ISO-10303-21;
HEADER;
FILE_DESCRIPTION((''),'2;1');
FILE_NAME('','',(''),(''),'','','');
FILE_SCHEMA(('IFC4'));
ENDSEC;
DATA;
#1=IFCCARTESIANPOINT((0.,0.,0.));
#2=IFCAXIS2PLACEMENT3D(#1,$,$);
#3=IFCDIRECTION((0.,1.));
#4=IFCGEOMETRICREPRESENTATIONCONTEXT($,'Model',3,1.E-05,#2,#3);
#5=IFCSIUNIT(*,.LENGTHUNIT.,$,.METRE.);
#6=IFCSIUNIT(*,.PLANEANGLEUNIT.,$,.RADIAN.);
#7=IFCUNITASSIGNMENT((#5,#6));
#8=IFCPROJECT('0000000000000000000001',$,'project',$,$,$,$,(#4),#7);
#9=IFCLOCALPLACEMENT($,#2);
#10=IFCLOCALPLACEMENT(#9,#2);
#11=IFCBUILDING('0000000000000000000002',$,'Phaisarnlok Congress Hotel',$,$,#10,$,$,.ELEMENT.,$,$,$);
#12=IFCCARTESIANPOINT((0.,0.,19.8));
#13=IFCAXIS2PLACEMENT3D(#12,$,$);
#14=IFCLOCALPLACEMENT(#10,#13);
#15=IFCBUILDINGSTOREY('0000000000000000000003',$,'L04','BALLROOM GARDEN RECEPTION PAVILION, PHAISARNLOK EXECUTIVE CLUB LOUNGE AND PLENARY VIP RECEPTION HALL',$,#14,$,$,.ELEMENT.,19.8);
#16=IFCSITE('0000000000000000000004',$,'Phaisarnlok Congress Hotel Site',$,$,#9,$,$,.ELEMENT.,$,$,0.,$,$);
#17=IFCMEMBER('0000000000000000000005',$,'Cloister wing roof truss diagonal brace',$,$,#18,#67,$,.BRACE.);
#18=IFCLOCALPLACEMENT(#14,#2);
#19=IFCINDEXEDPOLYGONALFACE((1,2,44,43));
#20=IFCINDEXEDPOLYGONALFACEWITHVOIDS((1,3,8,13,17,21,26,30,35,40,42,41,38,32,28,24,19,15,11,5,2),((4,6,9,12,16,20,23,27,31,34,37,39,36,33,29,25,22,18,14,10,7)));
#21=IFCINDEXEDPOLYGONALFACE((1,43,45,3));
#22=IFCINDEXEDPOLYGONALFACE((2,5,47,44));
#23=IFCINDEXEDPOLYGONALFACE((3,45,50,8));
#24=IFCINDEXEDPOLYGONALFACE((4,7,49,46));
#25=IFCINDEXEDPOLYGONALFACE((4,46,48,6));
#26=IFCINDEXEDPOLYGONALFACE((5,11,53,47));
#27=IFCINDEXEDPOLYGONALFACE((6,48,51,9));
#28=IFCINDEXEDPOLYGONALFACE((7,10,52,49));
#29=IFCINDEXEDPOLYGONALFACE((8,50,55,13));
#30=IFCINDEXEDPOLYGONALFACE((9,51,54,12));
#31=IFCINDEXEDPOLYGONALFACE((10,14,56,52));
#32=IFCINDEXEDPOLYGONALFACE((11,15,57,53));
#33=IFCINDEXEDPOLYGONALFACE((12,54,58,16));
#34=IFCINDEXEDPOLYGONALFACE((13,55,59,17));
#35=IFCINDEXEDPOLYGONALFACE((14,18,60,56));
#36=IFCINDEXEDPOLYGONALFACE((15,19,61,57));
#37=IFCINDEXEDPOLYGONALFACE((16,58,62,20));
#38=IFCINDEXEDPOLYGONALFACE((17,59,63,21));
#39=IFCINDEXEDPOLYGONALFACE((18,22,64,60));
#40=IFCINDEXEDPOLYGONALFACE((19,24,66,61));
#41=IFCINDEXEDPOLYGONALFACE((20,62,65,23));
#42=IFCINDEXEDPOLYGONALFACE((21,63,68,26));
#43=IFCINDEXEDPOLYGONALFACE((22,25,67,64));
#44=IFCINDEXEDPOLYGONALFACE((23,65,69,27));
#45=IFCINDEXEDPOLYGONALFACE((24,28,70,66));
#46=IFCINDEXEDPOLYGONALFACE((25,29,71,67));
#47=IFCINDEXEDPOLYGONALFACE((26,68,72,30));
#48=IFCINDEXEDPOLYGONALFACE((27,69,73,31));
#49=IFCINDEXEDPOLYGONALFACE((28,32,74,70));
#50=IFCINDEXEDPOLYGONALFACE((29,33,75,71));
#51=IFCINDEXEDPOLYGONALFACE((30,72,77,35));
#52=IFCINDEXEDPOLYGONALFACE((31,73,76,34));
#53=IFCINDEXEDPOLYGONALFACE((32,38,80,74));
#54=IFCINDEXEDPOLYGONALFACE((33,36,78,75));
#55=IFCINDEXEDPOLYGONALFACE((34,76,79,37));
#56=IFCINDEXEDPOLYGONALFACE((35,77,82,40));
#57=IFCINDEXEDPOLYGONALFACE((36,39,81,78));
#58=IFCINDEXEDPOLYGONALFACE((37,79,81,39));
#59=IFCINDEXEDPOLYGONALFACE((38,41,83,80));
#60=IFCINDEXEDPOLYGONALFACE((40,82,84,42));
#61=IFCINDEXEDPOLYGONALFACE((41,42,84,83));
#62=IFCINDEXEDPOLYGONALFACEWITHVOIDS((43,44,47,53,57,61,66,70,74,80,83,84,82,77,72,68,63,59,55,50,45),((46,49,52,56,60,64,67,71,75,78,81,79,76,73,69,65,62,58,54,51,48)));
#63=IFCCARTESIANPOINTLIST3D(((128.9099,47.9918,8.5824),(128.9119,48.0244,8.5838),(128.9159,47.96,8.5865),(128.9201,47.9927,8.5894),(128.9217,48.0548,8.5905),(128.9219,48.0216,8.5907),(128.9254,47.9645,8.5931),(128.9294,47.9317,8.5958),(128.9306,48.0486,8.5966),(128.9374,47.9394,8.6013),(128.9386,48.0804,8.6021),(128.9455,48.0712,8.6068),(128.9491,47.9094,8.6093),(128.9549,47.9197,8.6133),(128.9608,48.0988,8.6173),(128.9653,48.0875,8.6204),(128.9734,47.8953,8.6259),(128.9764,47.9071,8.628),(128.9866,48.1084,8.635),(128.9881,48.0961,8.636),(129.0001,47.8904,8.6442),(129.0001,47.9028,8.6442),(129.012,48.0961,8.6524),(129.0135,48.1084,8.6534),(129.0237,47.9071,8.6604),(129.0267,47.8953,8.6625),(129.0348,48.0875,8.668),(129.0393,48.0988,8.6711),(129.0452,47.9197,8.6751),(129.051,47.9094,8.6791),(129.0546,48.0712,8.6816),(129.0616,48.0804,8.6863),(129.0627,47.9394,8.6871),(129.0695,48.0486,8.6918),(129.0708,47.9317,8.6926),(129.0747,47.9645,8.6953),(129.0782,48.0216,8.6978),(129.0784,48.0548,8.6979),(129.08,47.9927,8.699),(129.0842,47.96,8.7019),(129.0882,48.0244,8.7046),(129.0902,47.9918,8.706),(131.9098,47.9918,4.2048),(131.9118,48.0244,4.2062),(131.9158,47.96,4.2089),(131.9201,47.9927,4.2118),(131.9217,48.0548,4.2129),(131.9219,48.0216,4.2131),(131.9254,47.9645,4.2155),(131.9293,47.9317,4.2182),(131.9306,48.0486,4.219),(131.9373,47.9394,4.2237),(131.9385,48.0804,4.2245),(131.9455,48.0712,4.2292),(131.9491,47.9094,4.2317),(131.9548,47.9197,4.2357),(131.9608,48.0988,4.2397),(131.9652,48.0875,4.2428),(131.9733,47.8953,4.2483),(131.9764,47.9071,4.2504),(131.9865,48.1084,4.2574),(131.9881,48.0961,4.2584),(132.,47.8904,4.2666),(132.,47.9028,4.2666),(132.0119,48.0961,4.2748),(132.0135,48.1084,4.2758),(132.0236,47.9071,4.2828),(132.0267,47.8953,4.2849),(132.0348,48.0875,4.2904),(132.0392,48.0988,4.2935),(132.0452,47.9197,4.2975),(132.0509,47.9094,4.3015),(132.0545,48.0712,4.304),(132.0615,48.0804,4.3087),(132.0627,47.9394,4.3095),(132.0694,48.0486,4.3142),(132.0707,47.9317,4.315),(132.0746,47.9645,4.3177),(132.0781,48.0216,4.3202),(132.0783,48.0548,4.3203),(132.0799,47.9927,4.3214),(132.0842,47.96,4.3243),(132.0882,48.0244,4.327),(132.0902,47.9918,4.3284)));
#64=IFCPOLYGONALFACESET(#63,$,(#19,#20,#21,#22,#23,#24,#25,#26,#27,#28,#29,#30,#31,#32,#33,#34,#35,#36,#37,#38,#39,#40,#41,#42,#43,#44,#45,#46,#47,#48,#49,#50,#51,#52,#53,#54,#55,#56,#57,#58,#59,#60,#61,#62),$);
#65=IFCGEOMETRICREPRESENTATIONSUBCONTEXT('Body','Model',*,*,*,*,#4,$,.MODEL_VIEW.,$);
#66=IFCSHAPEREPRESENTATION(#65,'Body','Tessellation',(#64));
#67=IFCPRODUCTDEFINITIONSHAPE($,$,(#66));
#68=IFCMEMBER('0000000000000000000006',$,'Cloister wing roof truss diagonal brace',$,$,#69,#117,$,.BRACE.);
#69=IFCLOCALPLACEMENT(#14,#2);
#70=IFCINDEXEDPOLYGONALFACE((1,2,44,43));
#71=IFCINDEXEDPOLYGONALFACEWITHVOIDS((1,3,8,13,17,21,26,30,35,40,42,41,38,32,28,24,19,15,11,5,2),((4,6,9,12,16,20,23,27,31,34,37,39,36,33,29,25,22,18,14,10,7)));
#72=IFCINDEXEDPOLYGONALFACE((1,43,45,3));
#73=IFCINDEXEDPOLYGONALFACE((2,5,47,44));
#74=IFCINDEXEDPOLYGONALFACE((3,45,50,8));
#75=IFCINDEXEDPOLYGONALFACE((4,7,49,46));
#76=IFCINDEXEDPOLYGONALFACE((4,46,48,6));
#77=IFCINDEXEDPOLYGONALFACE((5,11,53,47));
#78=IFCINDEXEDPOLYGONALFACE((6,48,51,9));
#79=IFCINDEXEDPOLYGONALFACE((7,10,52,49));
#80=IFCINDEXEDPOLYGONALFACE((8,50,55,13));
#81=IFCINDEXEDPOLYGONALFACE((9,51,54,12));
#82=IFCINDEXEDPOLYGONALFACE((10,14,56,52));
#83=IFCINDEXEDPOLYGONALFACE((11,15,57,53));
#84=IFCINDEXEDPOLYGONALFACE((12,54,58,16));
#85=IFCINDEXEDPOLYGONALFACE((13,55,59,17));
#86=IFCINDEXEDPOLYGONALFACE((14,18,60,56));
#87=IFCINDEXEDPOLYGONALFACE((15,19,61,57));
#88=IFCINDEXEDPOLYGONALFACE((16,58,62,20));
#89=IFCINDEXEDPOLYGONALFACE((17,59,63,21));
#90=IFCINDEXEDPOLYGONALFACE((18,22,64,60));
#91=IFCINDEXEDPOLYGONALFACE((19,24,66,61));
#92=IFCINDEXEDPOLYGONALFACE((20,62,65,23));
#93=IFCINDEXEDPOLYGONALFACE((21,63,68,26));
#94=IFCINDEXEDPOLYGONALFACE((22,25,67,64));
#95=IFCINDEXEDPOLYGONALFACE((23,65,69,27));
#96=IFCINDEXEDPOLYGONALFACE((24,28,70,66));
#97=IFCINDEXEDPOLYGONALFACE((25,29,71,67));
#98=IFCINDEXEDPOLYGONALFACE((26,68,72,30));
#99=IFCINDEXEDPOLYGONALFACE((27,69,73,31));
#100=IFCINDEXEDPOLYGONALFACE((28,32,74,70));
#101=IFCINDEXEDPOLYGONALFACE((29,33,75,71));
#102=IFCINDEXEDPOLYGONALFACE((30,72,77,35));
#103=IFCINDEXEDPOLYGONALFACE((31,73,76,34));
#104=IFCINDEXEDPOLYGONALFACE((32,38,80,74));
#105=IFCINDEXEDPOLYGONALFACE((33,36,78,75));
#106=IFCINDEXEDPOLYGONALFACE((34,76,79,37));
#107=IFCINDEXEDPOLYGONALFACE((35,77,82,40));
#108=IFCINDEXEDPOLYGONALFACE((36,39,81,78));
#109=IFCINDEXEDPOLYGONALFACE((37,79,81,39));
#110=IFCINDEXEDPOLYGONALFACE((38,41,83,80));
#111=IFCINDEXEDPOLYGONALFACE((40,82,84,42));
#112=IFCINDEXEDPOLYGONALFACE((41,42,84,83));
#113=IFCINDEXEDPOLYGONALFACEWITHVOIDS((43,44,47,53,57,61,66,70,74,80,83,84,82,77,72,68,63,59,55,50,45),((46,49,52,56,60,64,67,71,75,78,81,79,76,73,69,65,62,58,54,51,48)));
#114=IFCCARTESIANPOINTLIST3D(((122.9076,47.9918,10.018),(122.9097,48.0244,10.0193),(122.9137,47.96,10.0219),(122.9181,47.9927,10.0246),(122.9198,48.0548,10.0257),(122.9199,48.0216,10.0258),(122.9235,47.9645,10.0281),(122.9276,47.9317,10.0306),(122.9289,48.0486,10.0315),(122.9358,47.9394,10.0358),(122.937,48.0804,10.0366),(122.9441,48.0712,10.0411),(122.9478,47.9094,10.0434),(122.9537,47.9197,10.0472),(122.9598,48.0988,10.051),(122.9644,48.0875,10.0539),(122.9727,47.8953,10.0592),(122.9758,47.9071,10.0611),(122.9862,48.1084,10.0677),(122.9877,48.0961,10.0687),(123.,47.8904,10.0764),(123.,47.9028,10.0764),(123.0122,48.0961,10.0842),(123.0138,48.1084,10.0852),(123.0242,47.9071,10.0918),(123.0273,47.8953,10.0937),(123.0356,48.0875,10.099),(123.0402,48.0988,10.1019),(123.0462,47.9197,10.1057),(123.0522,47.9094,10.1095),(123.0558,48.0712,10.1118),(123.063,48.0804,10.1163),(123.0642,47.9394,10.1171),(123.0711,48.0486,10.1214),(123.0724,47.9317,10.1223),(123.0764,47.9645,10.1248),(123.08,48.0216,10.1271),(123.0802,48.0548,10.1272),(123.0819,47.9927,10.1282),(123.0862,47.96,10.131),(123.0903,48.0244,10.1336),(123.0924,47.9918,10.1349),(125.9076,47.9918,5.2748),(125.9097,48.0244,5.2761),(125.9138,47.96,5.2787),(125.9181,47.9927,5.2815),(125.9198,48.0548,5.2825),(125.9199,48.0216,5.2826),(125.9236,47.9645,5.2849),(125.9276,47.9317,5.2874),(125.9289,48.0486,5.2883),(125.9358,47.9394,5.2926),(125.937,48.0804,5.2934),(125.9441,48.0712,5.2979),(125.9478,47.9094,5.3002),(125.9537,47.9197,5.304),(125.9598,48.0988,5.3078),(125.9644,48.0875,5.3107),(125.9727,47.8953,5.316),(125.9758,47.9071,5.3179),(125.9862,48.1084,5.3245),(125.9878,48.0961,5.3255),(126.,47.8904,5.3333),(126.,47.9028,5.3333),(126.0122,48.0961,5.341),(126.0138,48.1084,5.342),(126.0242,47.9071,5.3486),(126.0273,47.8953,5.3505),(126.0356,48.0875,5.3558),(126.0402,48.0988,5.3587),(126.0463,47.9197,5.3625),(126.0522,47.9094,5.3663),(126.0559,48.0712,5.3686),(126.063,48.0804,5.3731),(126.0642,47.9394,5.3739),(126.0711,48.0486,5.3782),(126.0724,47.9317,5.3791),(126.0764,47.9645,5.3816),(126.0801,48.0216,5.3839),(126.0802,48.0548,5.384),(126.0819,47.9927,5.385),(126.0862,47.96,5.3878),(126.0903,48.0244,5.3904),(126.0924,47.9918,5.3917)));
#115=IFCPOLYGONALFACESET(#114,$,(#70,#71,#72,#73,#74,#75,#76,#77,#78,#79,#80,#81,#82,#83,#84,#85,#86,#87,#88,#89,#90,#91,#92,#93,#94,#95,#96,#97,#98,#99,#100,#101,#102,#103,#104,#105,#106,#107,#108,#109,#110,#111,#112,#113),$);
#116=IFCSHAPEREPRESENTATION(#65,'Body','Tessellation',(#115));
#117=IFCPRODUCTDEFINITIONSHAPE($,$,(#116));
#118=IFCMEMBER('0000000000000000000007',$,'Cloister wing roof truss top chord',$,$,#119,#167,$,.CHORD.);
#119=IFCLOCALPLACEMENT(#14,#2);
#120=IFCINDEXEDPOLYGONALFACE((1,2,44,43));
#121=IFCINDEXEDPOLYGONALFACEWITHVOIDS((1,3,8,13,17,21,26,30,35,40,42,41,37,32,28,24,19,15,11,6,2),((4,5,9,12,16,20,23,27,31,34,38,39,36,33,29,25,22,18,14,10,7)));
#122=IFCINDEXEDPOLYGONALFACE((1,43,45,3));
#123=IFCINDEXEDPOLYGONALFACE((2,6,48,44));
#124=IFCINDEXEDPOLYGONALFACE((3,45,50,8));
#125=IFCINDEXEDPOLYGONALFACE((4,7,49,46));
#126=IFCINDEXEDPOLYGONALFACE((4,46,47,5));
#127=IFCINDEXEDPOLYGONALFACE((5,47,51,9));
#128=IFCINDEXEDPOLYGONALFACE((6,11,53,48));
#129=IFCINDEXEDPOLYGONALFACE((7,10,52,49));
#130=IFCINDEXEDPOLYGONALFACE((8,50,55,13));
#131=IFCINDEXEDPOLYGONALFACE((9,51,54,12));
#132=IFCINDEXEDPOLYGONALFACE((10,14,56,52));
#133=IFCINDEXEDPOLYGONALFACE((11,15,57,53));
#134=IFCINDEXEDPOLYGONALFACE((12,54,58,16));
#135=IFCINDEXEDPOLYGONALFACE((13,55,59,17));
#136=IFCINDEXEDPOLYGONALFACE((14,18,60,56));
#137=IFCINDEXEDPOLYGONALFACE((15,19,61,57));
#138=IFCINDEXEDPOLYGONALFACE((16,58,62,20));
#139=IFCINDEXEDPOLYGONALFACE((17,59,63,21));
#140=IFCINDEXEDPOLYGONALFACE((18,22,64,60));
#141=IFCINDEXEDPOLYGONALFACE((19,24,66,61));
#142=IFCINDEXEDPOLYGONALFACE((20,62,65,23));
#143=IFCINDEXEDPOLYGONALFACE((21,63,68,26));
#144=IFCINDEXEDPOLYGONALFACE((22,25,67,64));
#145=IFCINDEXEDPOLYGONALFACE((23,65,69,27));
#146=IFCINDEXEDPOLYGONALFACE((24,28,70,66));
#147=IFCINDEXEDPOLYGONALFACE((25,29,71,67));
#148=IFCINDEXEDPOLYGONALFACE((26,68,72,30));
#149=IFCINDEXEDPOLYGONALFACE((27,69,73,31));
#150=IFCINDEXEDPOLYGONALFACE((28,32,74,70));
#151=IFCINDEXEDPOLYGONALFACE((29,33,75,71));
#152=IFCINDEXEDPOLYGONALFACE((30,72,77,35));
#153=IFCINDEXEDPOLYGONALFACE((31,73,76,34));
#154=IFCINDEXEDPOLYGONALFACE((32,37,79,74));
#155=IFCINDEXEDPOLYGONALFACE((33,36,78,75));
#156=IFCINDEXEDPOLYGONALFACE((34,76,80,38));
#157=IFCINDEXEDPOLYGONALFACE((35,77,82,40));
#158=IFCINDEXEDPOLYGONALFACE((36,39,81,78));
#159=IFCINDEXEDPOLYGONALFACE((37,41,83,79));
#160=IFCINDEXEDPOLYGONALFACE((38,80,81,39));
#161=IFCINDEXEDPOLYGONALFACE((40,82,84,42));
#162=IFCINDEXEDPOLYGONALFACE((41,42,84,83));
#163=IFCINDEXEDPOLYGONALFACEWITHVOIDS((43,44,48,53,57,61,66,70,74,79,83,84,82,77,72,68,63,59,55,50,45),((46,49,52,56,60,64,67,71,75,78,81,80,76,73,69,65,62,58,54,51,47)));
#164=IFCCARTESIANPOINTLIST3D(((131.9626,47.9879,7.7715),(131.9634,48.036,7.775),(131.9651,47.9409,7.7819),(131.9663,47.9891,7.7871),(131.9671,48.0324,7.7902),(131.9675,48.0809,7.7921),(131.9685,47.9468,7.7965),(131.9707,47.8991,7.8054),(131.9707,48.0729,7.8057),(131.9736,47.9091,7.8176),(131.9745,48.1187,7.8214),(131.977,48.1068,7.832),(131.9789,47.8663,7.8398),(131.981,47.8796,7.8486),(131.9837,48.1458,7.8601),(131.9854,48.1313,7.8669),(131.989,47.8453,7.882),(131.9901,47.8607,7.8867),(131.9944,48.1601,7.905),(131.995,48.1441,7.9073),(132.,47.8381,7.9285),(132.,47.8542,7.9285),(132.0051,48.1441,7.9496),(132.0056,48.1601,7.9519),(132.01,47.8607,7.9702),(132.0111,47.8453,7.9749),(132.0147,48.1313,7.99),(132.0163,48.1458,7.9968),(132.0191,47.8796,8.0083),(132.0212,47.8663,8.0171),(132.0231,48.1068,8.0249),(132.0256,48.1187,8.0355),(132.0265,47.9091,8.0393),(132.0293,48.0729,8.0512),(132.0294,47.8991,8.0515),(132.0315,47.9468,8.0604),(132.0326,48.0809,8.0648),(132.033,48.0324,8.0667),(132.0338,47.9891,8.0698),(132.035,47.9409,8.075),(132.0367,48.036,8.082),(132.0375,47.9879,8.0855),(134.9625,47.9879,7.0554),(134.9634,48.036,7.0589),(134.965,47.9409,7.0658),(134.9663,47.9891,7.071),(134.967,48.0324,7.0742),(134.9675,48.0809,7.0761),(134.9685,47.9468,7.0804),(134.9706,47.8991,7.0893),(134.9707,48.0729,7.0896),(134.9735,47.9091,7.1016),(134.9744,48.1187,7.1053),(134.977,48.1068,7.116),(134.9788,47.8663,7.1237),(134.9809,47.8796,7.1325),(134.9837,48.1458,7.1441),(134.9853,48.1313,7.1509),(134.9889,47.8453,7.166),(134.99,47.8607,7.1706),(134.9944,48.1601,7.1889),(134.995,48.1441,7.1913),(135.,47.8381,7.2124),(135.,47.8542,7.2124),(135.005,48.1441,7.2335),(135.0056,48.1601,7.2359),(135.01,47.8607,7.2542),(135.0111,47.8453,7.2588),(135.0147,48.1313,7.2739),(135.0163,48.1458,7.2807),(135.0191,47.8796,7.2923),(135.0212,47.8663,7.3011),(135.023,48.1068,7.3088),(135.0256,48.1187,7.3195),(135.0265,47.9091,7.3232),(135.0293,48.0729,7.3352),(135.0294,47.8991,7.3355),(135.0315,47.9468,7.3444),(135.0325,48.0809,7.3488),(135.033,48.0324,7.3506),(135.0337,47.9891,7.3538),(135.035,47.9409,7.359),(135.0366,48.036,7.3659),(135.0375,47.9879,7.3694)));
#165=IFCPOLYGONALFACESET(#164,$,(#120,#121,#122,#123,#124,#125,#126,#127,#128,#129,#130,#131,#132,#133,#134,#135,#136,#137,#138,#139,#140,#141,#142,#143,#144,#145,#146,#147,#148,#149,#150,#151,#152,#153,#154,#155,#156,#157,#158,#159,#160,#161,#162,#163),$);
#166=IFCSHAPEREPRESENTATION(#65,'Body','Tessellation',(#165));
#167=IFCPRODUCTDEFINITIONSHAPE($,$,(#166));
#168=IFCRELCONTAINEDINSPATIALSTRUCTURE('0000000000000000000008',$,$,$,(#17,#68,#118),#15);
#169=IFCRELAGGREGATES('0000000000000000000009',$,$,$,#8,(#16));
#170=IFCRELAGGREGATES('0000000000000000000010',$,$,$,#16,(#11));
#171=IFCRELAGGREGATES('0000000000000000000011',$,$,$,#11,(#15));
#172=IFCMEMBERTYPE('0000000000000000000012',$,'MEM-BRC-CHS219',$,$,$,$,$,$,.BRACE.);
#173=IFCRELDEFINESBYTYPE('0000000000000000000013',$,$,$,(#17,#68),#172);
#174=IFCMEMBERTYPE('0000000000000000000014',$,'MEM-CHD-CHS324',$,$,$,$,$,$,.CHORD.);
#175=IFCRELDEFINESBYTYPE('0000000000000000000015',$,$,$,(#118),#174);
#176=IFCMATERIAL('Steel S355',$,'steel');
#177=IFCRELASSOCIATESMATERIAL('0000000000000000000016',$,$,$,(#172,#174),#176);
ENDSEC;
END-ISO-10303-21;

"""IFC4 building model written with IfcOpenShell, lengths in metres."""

from ifc_helpers import new_model, si_unit, direction, frame, origin, origin_2d, place, context, subcontext, project, spatial, hollow_circle, extrude, material, material_profile, profile_set, type_object, element, save


model = new_model("IFC4")

# Units and contexts
model_context = context("Model", 3, precision=1e-05, world=origin(), true_north=direction((0.0, 1.0)))
body_context = subcontext(model_context, "Body", "Model", "MODEL_VIEW")
ifc_project = project(units=[si_unit("LENGTHUNIT", "METRE"), si_unit("PLANEANGLEUNIT", "RADIAN")], contexts=[model_context])

# Site, building, storey
site_placement = place(None, origin())
site = spatial("IfcSite", under=ifc_project, at=site_placement, Name="Phaisarnlok Congress Hotel Site", CompositionType="ELEMENT", RefElevation=0.0)
building_placement = place(site_placement, origin())
building = spatial("IfcBuilding", under=site, at=building_placement, Name="Phaisarnlok Congress Hotel", CompositionType="ELEMENT")
storey_placement = place(building_placement, frame((0.0, 0.0, 19.8)))
storey = spatial("IfcBuildingStorey", under=building, at=storey_placement, Name="L04", Description="BALLROOM GARDEN RECEPTION PAVILION, PHAISARNLOK EXECUTIVE CLUB LOUNGE AND PLENARY VIP RECEPTION HALL", CompositionType="ELEMENT", Elevation=19.8)

# Shared definitions
ifc_material_1 = material(Name="Steel S355", Category="steel")

# Members
ifc_material_profile_1 = material_profile(ifc_material_1, hollow_circle(Radius=0.1096, WallThickness=0.0125, at=origin_2d()), Name="CHS 219.1x12.5")
ifc_profile_set_1 = profile_set([ifc_material_profile_1], Name="Steel S355")
member_type_1 = type_object("IfcMemberType", Name="MEM-BRC-CHS219", PredefinedType="BRACE", material=ifc_profile_set_1)
member_1_placement = place(storey_placement, frame((132.0, 48.0, 4.2666), z_axis=(-0.565292, 0.0, 0.824891), x_axis=(0.0, -1.0, 0.0)))
element("IfcMember", 1, at=member_1_placement, inside=storey, type_object=member_type_1, Name="Cloister wing roof truss diagonal brace", PredefinedType="BRACE", context=body_context, shape_type="SweptSolid", body=[
    extrude(hollow_circle(Radius=0.1096, WallThickness=0.0125, at=origin_2d()), origin(), (0.0, 0.0, 1.0), 5.3069),
])
member_2_placement = place(storey_placement, frame((126.0, 48.0, 5.3333), z_axis=(-0.534543, 0.0, 0.845141), x_axis=(0.0, -1.0, 0.0)))
element("IfcMember", 2, at=member_2_placement, inside=storey, type_object=member_type_1, Name="Cloister wing roof truss diagonal brace", PredefinedType="BRACE", context=body_context, shape_type="SweptSolid", body=[
    extrude(hollow_circle(Radius=0.1096, WallThickness=0.0125, at=origin_2d()), origin(), (0.0, 0.0, 1.0), 5.6123),
])
ifc_material_profile_2 = material_profile(ifc_material_1, hollow_circle(Radius=0.1619, WallThickness=0.0161, at=origin_2d()), Name="CHS 323.9x16")
ifc_profile_set_2 = profile_set([ifc_material_profile_2], Name="Steel S355")
member_type_2 = type_object("IfcMemberType", Name="MEM-CHD-CHS324", PredefinedType="CHORD", material=ifc_profile_set_2)
for number, where, z_axis, x_axis, name in (
    (3, (135.0, 48.0, 7.2124), (-0.972676, 0.0, 0.232166), (0.0, -1.0, 0.0), "Cloister wing roof truss top chord"),
):
    element("IfcMember", number, at=place(storey_placement, frame(where, z_axis=z_axis, x_axis=x_axis)), inside=storey, type_object=member_type_2, Name=name, PredefinedType="CHORD", context=body_context, shape_type="SweptSolid", body=[
        extrude(hollow_circle(Radius=0.1619, WallThickness=0.0161, at=origin_2d()), origin(), (0.0, 0.0, 1.0), 3.0842),
    ])

save(model, "model.ifc")
